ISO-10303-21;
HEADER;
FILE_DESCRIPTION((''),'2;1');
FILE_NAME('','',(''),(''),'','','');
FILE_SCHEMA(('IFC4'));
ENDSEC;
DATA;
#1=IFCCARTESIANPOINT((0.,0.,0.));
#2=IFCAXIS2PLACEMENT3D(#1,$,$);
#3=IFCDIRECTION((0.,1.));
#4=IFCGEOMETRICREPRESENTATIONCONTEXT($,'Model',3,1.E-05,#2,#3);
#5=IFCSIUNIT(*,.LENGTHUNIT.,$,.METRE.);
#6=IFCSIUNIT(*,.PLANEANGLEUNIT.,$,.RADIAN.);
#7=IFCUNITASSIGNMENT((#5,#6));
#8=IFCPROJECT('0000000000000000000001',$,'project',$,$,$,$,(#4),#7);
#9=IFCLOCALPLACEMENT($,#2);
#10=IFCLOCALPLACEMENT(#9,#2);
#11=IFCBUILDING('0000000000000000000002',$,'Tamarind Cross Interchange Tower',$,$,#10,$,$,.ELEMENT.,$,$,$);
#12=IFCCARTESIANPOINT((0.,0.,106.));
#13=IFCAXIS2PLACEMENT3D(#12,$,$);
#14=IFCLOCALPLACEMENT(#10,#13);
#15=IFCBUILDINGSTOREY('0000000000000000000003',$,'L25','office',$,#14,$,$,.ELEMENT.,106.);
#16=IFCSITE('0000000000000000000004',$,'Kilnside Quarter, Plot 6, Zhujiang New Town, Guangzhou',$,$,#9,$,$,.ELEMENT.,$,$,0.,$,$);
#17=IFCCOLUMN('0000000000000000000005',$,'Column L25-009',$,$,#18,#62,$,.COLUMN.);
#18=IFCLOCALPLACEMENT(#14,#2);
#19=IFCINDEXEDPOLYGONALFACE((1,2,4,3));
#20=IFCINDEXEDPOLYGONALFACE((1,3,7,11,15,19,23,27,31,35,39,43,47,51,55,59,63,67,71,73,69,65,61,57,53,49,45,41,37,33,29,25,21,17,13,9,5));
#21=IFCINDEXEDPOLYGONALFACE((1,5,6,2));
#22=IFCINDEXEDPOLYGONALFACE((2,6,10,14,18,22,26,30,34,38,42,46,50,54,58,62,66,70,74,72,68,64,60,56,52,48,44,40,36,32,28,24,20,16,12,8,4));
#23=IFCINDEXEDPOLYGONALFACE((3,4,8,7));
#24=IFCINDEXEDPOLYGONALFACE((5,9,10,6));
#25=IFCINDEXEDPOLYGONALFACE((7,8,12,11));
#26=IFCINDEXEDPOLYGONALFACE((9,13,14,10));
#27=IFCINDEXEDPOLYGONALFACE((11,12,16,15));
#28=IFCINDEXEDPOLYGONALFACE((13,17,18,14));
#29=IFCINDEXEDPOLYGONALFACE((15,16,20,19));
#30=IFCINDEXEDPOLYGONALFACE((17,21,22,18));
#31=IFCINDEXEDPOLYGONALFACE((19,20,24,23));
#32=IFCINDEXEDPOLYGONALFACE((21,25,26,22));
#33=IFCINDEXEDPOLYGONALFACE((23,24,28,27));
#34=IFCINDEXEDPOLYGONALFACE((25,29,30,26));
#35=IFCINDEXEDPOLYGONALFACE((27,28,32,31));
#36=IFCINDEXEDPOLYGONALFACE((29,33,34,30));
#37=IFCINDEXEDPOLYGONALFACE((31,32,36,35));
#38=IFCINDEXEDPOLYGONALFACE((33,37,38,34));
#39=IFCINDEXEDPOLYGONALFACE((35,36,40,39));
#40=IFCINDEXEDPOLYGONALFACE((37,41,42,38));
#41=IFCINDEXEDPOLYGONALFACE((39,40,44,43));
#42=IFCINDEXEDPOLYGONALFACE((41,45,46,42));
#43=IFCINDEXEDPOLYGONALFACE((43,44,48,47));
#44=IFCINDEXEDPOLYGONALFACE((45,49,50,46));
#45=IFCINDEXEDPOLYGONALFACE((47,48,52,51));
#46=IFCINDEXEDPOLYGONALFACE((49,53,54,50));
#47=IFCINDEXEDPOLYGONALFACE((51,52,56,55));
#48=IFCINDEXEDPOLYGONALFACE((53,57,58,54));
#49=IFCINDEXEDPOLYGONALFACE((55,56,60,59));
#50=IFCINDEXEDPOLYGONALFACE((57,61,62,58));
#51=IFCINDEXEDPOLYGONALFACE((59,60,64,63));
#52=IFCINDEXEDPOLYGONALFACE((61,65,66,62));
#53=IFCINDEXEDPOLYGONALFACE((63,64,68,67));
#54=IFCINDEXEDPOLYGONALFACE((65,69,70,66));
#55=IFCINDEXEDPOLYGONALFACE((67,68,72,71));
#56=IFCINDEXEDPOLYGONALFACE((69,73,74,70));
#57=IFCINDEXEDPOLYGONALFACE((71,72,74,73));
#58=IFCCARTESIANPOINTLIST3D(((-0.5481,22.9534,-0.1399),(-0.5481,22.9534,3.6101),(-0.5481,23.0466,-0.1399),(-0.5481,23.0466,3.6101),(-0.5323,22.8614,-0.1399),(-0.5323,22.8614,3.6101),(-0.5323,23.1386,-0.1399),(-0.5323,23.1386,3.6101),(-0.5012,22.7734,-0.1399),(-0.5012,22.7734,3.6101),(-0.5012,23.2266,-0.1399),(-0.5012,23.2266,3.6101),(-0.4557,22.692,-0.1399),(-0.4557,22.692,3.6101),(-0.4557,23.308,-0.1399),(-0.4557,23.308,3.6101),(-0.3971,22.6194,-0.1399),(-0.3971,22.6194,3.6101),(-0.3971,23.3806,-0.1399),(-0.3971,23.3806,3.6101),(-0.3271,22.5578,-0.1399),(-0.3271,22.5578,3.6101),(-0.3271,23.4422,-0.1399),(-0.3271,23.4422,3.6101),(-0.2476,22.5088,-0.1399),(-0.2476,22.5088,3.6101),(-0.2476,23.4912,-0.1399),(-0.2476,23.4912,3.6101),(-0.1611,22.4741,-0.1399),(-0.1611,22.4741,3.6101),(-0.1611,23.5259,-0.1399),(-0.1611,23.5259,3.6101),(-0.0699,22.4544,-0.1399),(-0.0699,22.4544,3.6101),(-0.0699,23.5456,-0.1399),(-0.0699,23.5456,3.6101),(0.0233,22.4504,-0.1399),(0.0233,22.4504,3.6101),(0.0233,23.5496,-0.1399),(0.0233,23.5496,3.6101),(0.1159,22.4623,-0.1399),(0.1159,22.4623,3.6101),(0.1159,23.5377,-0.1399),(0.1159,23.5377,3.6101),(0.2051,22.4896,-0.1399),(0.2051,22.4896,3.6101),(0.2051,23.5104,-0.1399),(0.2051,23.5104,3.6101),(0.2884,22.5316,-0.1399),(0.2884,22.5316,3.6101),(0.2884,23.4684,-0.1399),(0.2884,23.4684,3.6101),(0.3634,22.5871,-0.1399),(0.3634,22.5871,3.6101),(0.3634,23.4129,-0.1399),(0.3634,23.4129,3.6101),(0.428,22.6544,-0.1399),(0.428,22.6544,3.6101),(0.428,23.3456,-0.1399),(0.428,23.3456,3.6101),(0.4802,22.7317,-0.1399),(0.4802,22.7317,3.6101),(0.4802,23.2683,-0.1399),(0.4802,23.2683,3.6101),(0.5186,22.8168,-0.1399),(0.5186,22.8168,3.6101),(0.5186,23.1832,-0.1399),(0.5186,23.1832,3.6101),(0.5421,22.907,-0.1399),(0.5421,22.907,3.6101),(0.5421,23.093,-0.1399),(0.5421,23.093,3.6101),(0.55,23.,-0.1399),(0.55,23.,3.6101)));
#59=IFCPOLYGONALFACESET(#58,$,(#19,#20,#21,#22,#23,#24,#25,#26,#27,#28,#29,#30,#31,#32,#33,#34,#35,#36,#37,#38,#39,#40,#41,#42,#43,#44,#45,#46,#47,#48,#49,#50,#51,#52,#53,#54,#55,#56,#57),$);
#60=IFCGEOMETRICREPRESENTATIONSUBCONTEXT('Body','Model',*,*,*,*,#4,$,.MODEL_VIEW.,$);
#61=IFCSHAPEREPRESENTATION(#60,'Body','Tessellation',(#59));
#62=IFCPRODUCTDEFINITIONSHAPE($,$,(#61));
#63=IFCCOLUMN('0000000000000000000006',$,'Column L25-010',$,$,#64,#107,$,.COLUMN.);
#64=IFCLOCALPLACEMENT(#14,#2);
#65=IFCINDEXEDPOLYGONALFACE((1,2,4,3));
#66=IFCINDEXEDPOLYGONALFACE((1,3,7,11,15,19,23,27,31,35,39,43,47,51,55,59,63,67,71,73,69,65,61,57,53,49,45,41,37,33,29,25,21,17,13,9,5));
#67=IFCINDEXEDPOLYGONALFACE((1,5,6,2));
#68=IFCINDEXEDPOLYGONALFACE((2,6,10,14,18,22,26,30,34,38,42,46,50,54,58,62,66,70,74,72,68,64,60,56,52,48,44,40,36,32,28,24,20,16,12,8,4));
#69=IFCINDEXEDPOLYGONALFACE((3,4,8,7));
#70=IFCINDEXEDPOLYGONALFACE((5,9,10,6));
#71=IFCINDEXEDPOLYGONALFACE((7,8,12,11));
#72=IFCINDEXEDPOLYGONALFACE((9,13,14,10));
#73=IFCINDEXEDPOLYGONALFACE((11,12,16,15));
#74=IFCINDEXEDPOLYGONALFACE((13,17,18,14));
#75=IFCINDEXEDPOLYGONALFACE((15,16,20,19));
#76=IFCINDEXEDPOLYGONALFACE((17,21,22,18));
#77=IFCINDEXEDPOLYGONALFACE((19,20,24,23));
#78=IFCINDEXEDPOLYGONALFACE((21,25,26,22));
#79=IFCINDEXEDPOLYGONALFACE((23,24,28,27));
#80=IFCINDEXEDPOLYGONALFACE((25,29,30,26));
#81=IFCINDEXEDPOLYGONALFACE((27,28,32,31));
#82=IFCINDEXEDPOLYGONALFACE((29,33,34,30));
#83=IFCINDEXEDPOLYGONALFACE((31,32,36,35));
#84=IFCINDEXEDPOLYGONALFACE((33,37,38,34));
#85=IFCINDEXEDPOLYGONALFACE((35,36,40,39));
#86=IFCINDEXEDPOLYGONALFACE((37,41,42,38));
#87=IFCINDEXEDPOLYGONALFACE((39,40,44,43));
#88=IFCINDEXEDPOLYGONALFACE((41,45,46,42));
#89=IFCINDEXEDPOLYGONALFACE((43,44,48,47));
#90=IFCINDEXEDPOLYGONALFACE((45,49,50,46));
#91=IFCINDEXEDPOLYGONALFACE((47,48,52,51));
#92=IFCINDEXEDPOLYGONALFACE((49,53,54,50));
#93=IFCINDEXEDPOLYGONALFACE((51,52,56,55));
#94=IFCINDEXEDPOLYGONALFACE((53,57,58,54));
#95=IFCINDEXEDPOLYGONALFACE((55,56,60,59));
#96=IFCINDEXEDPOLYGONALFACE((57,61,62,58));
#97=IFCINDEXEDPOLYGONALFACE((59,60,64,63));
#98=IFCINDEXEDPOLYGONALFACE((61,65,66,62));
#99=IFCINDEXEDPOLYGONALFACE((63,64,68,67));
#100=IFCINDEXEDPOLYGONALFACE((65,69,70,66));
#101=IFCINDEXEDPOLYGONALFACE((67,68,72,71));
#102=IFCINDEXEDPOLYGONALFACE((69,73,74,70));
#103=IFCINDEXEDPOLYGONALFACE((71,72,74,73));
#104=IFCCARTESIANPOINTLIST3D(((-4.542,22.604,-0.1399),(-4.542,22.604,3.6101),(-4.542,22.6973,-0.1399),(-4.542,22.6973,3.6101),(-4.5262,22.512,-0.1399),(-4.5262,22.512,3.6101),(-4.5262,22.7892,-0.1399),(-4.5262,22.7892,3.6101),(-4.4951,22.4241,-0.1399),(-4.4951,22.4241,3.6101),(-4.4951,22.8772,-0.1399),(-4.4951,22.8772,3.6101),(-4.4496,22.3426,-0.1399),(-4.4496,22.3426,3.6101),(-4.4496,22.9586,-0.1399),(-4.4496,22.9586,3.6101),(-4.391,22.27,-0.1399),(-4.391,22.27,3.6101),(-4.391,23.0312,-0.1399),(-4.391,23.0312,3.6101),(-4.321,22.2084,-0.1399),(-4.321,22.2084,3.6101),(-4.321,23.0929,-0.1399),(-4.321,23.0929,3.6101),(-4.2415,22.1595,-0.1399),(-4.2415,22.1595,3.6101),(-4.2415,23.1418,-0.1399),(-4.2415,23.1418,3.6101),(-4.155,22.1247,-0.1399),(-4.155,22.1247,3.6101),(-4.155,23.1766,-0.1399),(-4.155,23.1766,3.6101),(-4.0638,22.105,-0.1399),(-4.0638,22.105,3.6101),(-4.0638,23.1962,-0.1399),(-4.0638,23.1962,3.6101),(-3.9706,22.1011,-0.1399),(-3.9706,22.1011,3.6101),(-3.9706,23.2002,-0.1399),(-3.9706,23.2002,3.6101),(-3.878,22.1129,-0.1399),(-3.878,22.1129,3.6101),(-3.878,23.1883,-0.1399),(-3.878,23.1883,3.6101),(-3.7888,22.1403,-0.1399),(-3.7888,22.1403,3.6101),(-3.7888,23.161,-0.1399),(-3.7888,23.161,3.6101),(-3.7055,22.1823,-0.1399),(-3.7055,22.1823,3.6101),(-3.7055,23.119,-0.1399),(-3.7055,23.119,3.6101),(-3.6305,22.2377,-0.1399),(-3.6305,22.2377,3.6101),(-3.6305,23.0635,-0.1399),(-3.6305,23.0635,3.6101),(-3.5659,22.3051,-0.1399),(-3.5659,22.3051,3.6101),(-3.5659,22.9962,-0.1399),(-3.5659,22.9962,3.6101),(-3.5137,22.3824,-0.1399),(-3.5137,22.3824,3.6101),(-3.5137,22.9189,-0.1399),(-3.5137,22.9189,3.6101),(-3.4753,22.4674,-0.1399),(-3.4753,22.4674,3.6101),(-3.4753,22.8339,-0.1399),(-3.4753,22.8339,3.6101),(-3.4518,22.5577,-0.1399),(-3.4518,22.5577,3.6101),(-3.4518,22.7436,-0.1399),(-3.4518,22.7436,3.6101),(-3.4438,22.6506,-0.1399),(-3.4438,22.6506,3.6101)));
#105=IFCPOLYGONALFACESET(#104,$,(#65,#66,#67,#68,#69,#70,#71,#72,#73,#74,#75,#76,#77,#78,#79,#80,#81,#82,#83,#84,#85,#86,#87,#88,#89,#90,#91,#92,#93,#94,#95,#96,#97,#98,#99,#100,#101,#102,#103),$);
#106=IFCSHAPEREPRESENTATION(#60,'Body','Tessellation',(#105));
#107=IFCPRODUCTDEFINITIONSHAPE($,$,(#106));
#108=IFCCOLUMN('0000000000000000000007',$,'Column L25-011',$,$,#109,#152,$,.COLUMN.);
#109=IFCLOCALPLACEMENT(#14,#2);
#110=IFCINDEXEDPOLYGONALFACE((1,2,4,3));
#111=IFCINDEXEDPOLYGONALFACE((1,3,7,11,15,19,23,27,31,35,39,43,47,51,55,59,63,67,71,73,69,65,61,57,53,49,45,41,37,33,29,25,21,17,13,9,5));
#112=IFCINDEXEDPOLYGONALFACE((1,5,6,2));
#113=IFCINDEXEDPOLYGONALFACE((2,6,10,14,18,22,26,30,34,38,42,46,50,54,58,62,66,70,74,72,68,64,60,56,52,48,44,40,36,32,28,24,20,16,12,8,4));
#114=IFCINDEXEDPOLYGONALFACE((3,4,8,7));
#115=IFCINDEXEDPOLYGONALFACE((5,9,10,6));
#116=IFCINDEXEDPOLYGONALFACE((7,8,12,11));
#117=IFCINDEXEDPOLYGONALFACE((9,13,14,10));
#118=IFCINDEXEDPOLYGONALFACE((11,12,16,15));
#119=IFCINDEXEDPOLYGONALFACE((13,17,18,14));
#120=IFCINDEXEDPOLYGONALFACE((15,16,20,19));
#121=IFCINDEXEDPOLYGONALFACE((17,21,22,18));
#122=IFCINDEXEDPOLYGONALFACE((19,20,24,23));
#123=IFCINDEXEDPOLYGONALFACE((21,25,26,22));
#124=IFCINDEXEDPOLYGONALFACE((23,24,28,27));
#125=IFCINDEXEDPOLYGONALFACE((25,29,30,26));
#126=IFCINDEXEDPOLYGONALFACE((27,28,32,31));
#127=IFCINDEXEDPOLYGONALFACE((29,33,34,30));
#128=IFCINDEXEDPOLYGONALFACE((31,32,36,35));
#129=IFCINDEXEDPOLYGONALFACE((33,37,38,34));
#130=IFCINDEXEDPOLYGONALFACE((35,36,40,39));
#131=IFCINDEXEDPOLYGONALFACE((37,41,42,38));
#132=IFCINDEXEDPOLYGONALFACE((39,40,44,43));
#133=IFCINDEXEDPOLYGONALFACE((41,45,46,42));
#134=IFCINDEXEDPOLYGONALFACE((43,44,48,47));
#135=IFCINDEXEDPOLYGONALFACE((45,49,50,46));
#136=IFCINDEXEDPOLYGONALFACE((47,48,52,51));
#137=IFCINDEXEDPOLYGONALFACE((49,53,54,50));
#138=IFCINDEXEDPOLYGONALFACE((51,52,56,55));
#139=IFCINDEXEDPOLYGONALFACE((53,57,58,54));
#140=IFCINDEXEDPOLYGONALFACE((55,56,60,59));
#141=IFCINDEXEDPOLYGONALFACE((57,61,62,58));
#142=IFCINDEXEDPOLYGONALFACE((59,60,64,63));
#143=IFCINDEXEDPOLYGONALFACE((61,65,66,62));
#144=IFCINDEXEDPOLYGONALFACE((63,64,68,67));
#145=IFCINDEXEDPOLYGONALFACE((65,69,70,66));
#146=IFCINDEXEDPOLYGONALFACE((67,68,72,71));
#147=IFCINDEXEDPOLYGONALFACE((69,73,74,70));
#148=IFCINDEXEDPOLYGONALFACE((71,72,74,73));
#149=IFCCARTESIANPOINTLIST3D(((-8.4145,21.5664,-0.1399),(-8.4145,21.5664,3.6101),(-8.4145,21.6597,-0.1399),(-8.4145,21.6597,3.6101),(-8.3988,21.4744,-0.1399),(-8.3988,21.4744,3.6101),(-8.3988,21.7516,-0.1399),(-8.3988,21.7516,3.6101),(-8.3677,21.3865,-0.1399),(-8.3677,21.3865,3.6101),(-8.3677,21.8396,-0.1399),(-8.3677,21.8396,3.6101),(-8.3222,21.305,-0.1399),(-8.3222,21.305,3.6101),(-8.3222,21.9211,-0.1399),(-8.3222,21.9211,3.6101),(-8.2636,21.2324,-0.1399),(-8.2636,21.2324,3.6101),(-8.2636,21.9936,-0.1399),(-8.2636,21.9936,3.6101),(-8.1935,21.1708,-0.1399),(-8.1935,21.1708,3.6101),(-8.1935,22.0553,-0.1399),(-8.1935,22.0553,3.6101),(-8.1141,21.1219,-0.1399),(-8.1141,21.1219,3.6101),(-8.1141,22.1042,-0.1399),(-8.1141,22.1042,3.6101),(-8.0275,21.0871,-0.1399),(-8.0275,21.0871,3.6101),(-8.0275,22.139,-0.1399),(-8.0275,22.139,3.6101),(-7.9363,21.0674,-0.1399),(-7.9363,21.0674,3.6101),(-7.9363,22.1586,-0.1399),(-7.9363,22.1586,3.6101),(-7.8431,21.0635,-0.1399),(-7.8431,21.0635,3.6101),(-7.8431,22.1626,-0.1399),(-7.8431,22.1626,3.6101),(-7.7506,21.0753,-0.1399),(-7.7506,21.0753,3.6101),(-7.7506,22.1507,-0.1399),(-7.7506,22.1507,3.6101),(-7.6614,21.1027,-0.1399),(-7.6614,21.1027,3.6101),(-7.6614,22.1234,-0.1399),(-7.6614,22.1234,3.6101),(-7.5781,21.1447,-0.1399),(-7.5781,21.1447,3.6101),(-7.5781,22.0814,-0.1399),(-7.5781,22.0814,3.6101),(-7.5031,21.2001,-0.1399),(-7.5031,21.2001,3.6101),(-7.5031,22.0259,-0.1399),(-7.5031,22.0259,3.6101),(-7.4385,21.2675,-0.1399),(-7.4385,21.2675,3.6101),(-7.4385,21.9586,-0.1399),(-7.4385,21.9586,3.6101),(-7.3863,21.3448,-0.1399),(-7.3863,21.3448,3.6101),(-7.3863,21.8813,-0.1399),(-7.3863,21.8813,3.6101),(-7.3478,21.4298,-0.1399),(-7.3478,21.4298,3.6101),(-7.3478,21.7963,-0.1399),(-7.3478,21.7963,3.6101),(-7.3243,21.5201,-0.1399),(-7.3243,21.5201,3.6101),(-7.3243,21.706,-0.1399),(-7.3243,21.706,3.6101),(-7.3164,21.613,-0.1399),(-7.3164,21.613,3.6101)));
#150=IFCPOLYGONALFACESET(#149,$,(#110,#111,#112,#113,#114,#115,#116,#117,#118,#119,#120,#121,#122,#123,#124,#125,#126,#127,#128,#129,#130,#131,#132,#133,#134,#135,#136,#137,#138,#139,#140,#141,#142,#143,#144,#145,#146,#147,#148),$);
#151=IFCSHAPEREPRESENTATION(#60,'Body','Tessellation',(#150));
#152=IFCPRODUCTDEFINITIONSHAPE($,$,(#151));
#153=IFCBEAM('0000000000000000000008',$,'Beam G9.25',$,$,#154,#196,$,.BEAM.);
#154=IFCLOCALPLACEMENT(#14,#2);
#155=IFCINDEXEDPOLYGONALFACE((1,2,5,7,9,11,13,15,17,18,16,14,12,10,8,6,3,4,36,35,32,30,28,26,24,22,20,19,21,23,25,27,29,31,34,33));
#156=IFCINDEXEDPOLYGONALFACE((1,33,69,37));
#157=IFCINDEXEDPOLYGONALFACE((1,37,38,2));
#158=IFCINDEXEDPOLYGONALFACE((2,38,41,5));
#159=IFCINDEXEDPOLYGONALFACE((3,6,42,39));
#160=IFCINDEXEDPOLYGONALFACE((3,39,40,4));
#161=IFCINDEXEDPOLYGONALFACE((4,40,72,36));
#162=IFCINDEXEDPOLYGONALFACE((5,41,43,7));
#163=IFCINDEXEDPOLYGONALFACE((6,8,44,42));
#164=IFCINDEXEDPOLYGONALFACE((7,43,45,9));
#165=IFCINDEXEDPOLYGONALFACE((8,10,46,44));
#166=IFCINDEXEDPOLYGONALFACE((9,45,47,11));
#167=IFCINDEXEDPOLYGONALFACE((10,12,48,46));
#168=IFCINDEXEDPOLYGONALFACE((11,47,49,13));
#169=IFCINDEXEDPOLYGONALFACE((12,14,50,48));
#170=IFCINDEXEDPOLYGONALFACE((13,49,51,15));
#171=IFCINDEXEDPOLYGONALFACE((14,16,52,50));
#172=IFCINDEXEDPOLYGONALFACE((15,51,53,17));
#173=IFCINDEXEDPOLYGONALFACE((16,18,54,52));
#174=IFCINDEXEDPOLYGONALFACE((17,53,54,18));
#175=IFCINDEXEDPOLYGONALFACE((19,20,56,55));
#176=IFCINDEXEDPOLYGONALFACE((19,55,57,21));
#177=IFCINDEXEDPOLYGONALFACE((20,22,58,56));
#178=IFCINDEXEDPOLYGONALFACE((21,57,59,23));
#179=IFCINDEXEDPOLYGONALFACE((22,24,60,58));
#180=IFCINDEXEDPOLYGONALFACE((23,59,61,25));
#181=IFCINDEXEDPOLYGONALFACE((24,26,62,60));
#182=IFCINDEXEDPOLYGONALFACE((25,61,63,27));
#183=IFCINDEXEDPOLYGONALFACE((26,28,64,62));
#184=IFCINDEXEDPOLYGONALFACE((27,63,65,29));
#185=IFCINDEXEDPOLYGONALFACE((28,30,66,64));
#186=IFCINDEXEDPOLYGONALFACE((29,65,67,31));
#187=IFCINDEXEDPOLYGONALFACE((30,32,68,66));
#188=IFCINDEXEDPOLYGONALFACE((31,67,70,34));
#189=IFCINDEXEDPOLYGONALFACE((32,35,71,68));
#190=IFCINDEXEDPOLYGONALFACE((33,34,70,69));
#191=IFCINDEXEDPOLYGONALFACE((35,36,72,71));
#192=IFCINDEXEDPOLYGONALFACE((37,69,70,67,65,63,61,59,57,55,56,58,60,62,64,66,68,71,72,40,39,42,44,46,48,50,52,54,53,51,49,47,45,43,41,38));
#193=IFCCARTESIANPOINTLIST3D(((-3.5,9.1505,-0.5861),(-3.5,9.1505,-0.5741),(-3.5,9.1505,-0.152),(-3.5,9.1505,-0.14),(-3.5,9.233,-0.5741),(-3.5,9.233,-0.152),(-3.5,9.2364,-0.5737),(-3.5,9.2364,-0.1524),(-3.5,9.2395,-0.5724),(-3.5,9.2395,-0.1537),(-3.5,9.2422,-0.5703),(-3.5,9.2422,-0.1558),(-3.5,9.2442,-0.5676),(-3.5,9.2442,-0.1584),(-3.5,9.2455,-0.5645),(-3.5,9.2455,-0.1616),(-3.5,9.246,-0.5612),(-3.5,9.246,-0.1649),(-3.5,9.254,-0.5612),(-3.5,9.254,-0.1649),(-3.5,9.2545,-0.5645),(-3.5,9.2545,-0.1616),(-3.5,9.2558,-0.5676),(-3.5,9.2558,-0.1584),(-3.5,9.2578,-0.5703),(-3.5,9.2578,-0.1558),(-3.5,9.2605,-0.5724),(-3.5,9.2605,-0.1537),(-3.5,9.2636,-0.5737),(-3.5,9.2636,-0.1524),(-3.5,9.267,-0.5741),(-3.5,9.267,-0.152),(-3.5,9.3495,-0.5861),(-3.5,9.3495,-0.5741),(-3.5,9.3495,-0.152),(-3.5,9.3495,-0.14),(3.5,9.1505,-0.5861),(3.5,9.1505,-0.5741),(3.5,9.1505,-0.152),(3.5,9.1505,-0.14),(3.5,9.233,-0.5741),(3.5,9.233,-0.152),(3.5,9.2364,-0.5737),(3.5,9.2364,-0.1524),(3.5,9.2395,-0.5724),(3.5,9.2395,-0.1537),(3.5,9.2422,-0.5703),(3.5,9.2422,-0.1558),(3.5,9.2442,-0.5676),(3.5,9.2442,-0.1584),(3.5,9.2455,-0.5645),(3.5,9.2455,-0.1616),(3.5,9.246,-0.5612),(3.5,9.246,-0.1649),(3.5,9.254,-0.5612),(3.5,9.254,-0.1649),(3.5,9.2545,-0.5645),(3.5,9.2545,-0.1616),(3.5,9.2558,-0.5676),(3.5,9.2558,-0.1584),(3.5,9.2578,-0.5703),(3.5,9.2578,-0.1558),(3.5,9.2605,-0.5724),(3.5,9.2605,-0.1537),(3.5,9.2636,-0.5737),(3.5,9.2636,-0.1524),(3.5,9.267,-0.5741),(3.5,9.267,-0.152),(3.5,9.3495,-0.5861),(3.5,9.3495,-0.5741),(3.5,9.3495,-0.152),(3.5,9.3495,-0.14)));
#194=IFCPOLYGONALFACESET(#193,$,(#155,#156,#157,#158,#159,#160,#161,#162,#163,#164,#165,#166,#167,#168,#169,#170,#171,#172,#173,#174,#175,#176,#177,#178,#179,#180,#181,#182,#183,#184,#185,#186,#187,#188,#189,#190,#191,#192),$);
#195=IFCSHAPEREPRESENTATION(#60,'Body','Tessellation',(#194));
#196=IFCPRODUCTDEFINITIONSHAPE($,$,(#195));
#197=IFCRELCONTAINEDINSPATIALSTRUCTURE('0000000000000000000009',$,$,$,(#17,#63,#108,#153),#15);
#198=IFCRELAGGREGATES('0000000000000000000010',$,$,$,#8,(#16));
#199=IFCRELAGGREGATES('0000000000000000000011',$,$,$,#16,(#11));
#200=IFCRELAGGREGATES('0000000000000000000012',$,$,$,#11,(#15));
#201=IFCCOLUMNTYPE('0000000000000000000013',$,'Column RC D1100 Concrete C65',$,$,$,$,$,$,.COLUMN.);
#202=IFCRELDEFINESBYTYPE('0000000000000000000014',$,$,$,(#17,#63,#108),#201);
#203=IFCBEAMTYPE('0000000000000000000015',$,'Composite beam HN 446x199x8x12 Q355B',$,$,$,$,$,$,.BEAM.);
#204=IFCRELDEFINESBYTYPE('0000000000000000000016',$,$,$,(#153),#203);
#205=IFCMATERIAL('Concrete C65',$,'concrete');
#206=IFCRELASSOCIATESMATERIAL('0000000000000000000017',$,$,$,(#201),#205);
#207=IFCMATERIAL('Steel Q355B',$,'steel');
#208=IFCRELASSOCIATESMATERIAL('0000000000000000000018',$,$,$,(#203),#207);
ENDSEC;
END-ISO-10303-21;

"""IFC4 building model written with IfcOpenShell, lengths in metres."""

from ifc_helpers import new_model, si_unit, direction, frame, origin, origin_2d, place, context, subcontext, project, spatial, circle, i_section, extrude, material, material_profile, profile_set, type_object, element, save


model = new_model("IFC4")

# Units and contexts
model_context = context("Model", 3, precision=1e-05, world=origin(), true_north=direction((0.0, 1.0)))
body_context = subcontext(model_context, "Body", "Model", "MODEL_VIEW")
ifc_project = project(units=[si_unit("LENGTHUNIT", "METRE"), si_unit("PLANEANGLEUNIT", "RADIAN")], contexts=[model_context])

# Site, building, storey
site_placement = place(None, origin())
site = spatial("IfcSite", under=ifc_project, at=site_placement, Name="Kilnside Quarter, Plot 6, Zhujiang New Town, Guangzhou", CompositionType="ELEMENT", RefElevation=0.0)
building_placement = place(site_placement, origin())
building = spatial("IfcBuilding", under=site, at=building_placement, Name="Tamarind Cross Interchange Tower", CompositionType="ELEMENT")
storey_placement = place(building_placement, frame((0.0, 0.0, 106.0)))
storey = spatial("IfcBuildingStorey", under=building, at=storey_placement, Name="L25", Description="office", CompositionType="ELEMENT", Elevation=106.0)

# Columns
ifc_material_1 = material(Name="Concrete C65", Category="concrete")
ifc_material_profile_1 = material_profile(ifc_material_1, circle(Radius=0.55, at=origin_2d()), Name="RC D1100")
ifc_profile_set_1 = profile_set([ifc_material_profile_1], Name="Concrete C65")
column_type = type_object("IfcColumnType", Name="Column RC D1100 Concrete C65", PredefinedType="COLUMN", material=ifc_profile_set_1)
for number, where, z_axis, x_axis, name in (
    (1, (0.0, 23.0, -0.1399), (0.0, 0.0, 1.0), (1.0, 0.0, 0.0), "Column L25-009"),
    (2, (-3.9939, 22.6506, -0.1399), (0.0, 0.0, 1.0), (1.0, 0.0, 0.0), "Column L25-010"),
    (3, (-7.8665, 21.613, -0.1399), (0.0, 0.0, 1.0), (1.0, 0.0, 0.0), "Column L25-011"),
):
    element("IfcColumn", number, at=place(storey_placement, frame(where, z_axis=z_axis, x_axis=x_axis)), inside=storey, type_object=column_type, Name=name, PredefinedType="COLUMN", context=body_context, shape_type="SweptSolid", body=[
        extrude(circle(Radius=0.55, at=origin_2d()), origin(), (0.0, 0.0, 1.0), 3.75),
    ])

# Beam
ifc_material_2 = material(Name="Steel Q355B", Category="steel")
ifc_material_profile_2 = material_profile(ifc_material_2, i_section(OverallWidth=0.199, OverallDepth=0.446, WebThickness=0.0081, FlangeThickness=0.012, FilletRadius=0.0129, at=origin_2d()), Name="HN 446x199x8x12")
ifc_profile_set_2 = profile_set([ifc_material_profile_2], Name="Steel Q355B")
beam_type_1 = type_object("IfcBeamType", Name="Composite beam HN 446x199x8x12 Q355B", PredefinedType="BEAM", material=ifc_profile_set_2)
beam_1_placement = place(storey_placement, frame((-3.5, 9.25, -0.363), z_axis=(1.0, 0.0, 0.0), x_axis=(0.0, 1.0, 0.0)))
element("IfcBeam", 4, at=beam_1_placement, inside=storey, type_object=beam_type_1, Name="Beam G9.25", PredefinedType="BEAM", context=body_context, shape_type="SweptSolid", body=[
    extrude(i_section(OverallWidth=0.199, OverallDepth=0.446, WebThickness=0.0081, FlangeThickness=0.012, FilletRadius=0.0129, at=origin_2d()), origin(), (0.0, 0.0, 1.0), 7.0),
])

save(model, "model.ifc")
